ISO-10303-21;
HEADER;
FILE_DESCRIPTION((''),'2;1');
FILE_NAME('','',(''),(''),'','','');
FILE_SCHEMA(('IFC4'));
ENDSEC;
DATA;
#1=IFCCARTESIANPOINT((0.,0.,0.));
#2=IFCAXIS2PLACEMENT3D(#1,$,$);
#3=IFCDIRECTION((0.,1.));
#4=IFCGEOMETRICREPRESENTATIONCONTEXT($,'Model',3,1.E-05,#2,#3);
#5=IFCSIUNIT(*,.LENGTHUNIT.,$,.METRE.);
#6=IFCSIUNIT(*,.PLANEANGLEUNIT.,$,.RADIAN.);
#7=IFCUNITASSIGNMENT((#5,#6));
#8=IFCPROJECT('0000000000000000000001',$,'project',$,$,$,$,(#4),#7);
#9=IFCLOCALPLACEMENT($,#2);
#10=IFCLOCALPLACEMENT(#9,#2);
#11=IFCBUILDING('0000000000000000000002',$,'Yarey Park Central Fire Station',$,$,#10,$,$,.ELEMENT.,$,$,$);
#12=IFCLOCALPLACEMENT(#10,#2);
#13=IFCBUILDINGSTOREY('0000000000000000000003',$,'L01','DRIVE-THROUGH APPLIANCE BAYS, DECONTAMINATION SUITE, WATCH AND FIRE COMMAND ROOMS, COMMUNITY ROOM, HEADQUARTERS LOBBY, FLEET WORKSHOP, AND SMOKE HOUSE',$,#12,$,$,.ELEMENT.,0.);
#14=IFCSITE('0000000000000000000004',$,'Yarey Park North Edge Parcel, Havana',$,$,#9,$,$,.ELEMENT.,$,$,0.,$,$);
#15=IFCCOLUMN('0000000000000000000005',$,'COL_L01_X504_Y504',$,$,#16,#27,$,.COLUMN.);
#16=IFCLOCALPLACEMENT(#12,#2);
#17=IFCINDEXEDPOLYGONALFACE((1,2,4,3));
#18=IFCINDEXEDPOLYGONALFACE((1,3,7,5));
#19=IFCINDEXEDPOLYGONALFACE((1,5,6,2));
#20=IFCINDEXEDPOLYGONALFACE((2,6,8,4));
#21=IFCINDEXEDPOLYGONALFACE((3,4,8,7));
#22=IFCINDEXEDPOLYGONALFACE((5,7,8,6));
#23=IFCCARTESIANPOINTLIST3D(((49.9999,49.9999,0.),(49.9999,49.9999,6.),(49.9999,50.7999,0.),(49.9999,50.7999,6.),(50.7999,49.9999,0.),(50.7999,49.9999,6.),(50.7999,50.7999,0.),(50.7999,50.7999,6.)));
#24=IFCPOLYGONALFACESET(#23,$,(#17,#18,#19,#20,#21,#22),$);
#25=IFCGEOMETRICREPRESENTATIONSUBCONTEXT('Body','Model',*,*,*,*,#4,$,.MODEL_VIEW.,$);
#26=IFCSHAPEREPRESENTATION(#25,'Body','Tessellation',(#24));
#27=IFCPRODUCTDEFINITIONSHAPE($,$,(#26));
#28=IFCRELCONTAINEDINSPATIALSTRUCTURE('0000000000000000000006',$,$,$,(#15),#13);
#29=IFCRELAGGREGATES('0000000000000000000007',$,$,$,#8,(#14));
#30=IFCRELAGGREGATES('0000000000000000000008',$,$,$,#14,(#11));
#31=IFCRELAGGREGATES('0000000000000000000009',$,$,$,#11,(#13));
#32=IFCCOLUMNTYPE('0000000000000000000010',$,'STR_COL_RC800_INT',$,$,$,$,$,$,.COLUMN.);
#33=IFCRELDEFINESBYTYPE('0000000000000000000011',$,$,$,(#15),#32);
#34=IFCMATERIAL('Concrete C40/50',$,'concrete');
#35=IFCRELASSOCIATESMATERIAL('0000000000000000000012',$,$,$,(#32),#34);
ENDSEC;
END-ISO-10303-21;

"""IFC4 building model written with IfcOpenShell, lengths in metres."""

from ifc_helpers import new_model, si_unit, direction, frame, origin, origin_2d, place, context, subcontext, project, spatial, rectangle, extrude, material, material_profile, profile_set, type_object, element, save


model = new_model("IFC4")

# Units and contexts
model_context = context("Model", 3, precision=1e-05, world=origin(), true_north=direction((0.0, 1.0)))
body_context = subcontext(model_context, "Body", "Model", "MODEL_VIEW")
ifc_project = project(units=[si_unit("LENGTHUNIT", "METRE"), si_unit("PLANEANGLEUNIT", "RADIAN")], contexts=[model_context])

# Site, building, storey
site_placement = place(None, origin())
site = spatial("IfcSite", under=ifc_project, at=site_placement, Name="Yarey Park North Edge Parcel, Havana", CompositionType="ELEMENT", RefElevation=0.0)
building_placement = place(site_placement, origin())
building = spatial("IfcBuilding", under=site, at=building_placement, Name="Yarey Park Central Fire Station", CompositionType="ELEMENT")
storey_placement = place(building_placement, origin())
storey = spatial("IfcBuildingStorey", under=building, at=storey_placement, Name="L01", Description="DRIVE-THROUGH APPLIANCE BAYS, DECONTAMINATION SUITE, WATCH AND FIRE COMMAND ROOMS, COMMUNITY ROOM, HEADQUARTERS LOBBY, FLEET WORKSHOP, AND SMOKE HOUSE", CompositionType="ELEMENT", Elevation=0.0)

# Column
ifc_material_1 = material(Name="Concrete C40/50", Category="concrete")
ifc_material_profile_1 = material_profile(ifc_material_1, rectangle(XDim=0.8, YDim=0.8, at=origin_2d()), Name="RC 800x800")
ifc_profile_set_1 = profile_set([ifc_material_profile_1], Name="Concrete C40/50")
column_type_1 = type_object("IfcColumnType", Name="STR_COL_RC800_INT", PredefinedType="COLUMN", material=ifc_profile_set_1)
for number, where, z_axis, x_axis, name in (
    (1, (50.3999, 50.3999, 0.0), (0.0, 0.0, 1.0), (1.0, 0.0, 0.0), "COL_L01_X504_Y504"),
):
    element("IfcColumn", number, at=place(storey_placement, frame(where, z_axis=z_axis, x_axis=x_axis)), inside=storey, type_object=column_type_1, Name=name, PredefinedType="COLUMN", context=body_context, shape_type="SweptSolid", body=[
        extrude(rectangle(XDim=0.8, YDim=0.8, at=origin_2d()), origin(), (0.0, 0.0, 1.0), 6.0),
    ])

save(model, "model.ifc")
